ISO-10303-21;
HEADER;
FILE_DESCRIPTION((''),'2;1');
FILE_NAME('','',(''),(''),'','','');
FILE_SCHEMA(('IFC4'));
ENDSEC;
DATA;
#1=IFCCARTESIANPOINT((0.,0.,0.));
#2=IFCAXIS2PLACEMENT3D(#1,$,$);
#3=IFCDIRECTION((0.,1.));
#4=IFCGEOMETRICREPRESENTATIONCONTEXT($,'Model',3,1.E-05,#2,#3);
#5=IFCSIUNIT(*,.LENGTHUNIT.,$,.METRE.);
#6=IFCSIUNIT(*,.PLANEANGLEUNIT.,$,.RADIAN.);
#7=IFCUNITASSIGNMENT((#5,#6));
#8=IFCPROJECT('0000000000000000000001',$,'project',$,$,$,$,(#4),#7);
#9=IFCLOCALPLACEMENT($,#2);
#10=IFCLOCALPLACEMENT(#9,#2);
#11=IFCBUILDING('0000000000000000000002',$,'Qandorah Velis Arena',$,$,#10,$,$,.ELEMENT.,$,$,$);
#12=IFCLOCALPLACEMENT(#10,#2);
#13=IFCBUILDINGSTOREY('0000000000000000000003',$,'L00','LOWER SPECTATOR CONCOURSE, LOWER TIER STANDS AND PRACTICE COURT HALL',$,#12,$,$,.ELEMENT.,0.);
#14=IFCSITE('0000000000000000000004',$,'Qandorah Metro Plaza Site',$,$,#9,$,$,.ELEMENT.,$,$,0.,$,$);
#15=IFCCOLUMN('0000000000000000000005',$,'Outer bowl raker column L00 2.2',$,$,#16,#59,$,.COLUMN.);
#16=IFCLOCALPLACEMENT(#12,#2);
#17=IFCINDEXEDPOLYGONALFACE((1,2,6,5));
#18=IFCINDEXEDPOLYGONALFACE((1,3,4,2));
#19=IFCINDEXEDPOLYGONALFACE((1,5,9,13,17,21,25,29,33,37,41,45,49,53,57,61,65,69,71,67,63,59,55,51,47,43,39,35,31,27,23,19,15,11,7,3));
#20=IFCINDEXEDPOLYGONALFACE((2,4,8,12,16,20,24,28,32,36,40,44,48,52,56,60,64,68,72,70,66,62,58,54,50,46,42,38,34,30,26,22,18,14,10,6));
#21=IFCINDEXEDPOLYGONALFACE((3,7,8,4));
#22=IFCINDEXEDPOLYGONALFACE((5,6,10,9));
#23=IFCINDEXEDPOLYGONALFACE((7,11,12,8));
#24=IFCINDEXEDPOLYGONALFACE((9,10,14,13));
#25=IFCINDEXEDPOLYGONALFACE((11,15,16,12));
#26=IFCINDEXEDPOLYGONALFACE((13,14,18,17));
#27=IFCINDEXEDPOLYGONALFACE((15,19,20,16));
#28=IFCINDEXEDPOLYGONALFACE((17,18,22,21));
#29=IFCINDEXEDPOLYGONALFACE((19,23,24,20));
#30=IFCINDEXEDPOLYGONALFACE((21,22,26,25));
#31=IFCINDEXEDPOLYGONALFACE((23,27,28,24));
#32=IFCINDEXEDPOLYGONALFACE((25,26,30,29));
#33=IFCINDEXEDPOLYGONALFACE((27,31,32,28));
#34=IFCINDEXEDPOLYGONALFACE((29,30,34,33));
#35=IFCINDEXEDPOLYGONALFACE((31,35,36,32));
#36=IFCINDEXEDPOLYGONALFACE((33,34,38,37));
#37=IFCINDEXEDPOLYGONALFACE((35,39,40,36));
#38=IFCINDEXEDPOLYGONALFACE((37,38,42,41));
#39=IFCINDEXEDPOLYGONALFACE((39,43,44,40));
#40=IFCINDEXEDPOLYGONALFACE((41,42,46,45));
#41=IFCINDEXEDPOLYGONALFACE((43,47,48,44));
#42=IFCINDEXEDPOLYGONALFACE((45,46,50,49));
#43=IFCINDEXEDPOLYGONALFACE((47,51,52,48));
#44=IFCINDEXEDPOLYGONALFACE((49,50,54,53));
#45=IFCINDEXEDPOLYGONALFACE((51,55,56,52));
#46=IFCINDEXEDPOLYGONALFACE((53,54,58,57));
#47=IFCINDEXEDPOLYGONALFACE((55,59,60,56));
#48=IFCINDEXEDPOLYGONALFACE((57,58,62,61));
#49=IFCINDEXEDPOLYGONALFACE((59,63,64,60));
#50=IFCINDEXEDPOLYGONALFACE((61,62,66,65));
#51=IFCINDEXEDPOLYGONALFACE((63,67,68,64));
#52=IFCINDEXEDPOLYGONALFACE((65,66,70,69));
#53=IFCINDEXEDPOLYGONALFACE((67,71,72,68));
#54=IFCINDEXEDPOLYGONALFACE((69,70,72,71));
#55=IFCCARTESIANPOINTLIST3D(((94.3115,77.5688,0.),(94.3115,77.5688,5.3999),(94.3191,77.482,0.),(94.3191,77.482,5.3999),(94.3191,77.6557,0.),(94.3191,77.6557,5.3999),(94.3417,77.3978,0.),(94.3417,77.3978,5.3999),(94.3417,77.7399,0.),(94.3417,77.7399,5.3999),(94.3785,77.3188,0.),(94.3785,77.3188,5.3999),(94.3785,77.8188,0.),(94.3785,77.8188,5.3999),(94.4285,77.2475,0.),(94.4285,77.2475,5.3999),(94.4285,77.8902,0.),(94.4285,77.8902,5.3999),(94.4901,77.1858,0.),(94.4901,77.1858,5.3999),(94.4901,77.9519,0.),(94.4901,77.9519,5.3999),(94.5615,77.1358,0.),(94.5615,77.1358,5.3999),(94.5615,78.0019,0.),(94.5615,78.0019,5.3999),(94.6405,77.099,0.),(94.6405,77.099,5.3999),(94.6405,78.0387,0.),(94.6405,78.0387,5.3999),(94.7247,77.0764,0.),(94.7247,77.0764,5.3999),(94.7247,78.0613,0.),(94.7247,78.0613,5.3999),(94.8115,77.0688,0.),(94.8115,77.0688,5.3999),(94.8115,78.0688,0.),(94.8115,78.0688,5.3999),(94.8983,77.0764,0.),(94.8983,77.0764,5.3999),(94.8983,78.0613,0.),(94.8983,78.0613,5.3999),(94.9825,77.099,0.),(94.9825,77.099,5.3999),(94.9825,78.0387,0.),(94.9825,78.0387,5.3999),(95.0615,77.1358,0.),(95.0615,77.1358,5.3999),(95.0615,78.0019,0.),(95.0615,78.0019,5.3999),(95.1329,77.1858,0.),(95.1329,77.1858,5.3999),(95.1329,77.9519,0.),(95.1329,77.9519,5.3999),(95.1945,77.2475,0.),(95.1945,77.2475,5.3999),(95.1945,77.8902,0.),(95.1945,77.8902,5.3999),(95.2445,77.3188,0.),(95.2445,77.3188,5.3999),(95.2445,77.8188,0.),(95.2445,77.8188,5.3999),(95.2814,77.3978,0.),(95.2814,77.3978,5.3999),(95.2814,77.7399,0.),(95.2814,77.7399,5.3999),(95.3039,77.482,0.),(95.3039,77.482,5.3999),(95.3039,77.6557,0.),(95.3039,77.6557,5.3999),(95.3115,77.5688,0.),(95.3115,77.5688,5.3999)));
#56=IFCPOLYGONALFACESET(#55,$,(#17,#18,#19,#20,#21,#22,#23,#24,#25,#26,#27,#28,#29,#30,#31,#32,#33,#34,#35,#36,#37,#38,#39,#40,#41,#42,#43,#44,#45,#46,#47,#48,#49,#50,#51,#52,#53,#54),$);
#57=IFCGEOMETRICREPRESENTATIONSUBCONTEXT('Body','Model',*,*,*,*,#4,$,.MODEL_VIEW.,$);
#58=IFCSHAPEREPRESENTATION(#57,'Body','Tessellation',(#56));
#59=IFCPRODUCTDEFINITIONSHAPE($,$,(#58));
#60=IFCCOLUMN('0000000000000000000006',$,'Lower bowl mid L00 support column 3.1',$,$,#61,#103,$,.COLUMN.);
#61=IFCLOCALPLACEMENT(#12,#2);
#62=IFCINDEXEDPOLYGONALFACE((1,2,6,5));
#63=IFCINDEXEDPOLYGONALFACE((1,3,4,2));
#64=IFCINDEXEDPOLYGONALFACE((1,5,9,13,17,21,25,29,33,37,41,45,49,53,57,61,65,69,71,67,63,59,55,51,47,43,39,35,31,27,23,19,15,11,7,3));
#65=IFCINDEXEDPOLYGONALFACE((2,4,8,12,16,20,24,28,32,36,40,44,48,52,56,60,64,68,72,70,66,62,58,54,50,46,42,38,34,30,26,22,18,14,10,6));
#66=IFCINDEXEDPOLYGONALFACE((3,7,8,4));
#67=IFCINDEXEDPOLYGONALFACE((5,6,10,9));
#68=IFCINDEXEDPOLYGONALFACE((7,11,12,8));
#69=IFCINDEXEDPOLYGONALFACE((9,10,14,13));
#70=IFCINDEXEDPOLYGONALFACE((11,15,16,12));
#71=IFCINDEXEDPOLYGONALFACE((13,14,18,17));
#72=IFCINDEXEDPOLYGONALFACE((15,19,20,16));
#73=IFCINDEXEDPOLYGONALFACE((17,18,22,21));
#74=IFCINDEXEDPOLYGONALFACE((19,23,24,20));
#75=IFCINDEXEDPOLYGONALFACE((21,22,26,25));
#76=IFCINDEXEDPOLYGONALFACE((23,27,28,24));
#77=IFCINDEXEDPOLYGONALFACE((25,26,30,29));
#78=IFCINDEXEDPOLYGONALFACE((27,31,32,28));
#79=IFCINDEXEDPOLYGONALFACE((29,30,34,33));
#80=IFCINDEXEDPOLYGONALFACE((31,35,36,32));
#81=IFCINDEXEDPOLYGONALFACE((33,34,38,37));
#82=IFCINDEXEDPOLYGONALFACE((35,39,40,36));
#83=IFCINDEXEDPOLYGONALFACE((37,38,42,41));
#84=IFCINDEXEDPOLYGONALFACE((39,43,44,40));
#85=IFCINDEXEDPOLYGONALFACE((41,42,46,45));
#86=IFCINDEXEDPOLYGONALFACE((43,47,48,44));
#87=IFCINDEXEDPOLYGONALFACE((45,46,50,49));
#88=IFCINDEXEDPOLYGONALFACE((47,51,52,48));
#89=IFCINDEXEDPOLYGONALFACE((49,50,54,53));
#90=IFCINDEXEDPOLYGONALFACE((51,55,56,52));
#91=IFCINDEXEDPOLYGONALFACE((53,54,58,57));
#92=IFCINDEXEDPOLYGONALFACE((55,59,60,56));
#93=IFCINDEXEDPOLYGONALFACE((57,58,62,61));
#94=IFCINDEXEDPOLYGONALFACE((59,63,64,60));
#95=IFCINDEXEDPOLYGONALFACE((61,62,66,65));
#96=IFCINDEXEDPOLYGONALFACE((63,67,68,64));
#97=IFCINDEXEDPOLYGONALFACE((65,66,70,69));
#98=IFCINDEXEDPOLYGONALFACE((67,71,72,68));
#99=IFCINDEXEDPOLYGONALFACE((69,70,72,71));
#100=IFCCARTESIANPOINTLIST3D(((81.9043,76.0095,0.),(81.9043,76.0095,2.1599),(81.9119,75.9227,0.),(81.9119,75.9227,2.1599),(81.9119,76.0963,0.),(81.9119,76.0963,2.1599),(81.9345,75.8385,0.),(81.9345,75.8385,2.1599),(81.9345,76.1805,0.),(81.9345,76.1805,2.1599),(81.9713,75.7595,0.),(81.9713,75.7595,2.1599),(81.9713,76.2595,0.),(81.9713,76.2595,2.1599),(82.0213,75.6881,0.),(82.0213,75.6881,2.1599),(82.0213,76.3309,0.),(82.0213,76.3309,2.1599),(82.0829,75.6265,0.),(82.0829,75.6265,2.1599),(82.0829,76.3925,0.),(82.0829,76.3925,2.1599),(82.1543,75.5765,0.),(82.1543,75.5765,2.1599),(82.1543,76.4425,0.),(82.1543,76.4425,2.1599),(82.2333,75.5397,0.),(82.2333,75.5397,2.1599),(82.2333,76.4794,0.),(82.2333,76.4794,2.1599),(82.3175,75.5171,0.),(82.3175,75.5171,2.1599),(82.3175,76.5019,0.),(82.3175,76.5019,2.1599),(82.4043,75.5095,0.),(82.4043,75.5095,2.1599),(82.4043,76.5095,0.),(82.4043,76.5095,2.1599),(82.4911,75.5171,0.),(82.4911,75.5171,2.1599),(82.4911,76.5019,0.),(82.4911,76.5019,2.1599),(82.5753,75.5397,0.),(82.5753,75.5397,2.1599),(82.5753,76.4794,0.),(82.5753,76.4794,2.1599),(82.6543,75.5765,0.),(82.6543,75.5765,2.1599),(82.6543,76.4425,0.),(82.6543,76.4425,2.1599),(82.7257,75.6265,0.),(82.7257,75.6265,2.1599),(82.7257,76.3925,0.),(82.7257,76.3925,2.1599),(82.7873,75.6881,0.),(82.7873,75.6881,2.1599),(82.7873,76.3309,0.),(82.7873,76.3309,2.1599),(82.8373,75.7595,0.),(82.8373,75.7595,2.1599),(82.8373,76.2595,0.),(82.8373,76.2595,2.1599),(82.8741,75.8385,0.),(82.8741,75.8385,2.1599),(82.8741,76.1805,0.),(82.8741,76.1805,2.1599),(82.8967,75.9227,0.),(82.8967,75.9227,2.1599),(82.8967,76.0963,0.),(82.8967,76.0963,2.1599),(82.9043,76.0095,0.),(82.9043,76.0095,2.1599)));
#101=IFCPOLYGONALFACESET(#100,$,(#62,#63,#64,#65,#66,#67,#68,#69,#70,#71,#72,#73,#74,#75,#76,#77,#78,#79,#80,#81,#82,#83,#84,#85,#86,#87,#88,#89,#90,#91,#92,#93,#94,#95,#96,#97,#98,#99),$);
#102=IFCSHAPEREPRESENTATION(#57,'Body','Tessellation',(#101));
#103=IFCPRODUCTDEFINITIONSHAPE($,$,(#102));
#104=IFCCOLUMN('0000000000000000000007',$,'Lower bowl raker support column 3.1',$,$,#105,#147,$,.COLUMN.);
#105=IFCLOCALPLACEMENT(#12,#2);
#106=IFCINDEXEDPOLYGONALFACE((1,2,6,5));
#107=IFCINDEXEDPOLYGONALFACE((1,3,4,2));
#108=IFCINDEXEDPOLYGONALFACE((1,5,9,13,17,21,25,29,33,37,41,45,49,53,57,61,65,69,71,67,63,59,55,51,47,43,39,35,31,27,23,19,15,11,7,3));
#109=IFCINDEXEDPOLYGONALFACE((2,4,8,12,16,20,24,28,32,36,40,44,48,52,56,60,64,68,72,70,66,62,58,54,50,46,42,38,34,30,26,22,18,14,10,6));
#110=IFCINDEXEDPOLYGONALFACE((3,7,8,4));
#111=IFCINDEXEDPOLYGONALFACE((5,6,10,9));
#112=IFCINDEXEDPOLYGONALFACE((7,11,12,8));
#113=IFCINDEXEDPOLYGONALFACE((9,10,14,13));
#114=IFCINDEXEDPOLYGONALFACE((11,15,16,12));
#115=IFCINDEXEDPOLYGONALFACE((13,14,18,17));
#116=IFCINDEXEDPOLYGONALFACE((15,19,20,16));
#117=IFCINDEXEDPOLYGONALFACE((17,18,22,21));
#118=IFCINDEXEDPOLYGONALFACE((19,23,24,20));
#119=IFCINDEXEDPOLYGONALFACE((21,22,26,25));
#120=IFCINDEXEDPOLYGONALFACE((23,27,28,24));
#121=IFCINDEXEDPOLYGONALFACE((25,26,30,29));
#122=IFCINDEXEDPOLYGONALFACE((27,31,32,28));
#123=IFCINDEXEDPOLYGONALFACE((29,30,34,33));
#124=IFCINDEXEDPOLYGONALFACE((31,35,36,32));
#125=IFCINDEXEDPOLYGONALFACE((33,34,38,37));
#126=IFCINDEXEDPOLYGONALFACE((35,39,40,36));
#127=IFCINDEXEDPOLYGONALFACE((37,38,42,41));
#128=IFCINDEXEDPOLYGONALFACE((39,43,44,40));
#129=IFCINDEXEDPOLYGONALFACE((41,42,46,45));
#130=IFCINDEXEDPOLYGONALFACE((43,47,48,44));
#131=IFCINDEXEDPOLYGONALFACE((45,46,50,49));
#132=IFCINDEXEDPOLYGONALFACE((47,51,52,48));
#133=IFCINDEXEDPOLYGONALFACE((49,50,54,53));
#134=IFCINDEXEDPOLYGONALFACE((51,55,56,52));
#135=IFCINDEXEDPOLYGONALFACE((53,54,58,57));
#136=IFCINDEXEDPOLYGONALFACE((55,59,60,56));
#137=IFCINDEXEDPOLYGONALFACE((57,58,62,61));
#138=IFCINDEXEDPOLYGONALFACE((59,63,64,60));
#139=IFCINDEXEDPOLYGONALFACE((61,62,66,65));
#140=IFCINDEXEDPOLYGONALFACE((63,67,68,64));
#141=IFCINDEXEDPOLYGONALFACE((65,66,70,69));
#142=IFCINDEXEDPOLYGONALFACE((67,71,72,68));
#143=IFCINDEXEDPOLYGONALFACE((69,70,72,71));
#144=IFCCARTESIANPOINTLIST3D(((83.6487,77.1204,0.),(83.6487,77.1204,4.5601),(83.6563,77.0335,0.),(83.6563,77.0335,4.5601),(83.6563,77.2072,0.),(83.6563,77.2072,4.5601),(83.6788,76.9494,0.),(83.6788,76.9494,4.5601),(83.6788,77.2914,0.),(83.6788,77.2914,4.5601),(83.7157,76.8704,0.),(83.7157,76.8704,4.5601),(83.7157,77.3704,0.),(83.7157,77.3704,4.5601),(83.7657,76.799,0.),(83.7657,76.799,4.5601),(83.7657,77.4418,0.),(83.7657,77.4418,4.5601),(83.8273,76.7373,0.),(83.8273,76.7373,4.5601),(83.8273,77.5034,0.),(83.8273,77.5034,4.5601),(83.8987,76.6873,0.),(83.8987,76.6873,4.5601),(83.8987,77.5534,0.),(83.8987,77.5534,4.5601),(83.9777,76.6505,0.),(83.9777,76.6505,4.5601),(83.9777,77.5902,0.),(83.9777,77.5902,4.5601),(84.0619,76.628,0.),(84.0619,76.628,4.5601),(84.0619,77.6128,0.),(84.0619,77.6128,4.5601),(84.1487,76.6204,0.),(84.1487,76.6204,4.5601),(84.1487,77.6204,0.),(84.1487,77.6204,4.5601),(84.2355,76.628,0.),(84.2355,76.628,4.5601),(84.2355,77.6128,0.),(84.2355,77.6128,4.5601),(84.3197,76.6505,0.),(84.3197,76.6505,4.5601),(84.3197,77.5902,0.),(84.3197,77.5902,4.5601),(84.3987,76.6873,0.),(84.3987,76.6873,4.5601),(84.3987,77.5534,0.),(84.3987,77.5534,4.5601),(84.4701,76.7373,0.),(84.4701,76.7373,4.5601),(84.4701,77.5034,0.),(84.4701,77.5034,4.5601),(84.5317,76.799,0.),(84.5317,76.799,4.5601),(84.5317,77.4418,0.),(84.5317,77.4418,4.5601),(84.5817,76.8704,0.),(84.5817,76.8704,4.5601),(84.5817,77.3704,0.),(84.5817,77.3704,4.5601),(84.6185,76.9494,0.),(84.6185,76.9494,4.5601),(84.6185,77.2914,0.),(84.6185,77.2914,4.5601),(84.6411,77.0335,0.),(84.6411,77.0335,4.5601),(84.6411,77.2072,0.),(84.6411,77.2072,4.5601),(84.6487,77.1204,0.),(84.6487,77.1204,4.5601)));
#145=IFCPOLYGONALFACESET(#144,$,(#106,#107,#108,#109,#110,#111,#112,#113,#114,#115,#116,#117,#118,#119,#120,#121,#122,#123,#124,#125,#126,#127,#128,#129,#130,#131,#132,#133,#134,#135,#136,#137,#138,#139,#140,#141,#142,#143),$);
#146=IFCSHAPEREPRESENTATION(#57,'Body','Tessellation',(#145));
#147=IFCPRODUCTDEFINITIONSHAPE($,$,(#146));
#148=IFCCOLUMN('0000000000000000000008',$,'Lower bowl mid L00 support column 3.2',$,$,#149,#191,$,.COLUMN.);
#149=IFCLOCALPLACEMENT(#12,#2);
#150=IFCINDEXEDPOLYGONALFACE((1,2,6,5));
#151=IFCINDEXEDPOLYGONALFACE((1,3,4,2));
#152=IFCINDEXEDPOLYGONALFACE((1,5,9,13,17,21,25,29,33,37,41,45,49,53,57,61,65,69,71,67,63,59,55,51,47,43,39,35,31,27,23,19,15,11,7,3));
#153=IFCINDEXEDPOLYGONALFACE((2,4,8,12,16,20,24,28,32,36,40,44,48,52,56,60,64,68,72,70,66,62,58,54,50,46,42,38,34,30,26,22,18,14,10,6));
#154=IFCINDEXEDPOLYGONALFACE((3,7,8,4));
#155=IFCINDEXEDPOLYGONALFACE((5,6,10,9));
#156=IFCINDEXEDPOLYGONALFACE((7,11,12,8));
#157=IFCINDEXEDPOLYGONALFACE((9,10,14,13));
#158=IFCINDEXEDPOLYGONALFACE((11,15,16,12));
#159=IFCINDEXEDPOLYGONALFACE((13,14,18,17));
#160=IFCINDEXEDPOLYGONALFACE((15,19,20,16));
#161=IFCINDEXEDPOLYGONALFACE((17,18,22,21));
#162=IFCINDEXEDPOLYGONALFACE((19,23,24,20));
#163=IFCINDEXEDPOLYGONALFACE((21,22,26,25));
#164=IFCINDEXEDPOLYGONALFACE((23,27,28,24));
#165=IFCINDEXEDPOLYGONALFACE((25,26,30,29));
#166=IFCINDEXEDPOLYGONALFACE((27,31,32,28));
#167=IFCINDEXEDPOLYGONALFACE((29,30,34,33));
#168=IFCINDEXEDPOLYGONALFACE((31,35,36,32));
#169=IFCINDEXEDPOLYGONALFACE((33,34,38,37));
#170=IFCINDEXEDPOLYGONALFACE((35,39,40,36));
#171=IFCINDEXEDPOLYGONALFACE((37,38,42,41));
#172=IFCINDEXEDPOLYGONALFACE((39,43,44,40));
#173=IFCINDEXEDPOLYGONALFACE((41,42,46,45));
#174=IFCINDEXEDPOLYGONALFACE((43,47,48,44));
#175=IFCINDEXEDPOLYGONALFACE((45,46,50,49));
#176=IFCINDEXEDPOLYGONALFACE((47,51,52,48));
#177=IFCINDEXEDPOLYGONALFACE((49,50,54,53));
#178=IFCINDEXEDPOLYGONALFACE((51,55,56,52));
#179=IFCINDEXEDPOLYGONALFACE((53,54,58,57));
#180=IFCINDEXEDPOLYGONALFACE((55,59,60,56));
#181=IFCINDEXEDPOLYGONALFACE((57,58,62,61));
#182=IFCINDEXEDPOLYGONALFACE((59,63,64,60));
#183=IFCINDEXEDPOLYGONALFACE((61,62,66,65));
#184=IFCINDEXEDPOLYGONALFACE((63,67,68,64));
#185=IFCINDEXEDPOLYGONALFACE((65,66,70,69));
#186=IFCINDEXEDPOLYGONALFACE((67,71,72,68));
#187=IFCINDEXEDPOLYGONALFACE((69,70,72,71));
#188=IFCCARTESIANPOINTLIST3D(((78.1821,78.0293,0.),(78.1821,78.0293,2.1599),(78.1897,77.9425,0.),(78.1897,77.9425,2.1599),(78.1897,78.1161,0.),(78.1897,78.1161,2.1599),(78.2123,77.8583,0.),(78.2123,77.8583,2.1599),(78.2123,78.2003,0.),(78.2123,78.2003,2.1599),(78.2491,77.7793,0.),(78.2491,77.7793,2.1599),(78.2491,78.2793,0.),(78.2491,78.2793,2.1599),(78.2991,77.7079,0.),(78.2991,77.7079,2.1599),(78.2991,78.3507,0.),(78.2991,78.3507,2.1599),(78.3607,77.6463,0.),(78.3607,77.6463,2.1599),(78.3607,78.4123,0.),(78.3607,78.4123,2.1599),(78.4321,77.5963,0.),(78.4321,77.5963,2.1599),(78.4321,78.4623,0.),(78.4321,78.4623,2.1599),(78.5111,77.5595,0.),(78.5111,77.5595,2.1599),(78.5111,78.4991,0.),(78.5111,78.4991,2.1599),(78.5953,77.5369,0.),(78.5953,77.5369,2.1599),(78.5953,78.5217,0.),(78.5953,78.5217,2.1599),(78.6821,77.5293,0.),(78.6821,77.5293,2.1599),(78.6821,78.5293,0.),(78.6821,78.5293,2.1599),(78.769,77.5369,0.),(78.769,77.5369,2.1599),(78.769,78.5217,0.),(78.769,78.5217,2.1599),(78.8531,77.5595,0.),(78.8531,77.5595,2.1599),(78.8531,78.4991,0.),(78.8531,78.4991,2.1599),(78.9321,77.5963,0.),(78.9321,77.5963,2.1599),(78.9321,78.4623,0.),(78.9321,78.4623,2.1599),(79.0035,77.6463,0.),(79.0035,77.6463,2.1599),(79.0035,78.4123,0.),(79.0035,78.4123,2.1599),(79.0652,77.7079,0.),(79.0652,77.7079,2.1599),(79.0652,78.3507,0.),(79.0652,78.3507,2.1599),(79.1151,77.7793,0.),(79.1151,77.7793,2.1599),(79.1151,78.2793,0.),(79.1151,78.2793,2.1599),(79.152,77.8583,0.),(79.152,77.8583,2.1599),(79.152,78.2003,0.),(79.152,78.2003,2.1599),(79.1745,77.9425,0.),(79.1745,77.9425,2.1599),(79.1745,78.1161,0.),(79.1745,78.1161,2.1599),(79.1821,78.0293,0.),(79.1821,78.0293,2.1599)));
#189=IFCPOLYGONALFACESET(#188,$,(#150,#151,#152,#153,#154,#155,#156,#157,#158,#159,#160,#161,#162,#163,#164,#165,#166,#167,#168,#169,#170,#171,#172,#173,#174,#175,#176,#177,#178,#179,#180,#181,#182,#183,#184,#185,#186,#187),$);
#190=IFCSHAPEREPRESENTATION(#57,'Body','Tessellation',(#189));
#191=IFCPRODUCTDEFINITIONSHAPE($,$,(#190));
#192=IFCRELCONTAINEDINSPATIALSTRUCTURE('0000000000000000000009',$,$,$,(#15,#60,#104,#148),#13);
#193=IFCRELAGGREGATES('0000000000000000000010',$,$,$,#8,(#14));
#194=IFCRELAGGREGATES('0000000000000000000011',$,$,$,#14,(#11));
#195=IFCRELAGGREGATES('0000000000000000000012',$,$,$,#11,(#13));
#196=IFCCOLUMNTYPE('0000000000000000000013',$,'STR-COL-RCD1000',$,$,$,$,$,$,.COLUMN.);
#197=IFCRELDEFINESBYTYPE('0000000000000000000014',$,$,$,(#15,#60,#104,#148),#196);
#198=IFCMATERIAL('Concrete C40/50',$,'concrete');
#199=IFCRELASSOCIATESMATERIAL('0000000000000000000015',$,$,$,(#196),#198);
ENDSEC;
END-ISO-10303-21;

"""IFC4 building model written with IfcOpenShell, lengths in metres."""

from ifc_helpers import new_model, si_unit, direction, frame, origin, origin_2d, place, context, subcontext, project, spatial, circle, extrude, material, material_profile, profile_set, type_object, element, save


model = new_model("IFC4")

# Units and contexts
model_context = context("Model", 3, precision=1e-05, world=origin(), true_north=direction((0.0, 1.0)))
body_context = subcontext(model_context, "Body", "Model", "MODEL_VIEW")
ifc_project = project(units=[si_unit("LENGTHUNIT", "METRE"), si_unit("PLANEANGLEUNIT", "RADIAN")], contexts=[model_context])

# Site, building, storey
site_placement = place(None, origin())
site = spatial("IfcSite", under=ifc_project, at=site_placement, Name="Qandorah Metro Plaza Site", CompositionType="ELEMENT", RefElevation=0.0)
building_placement = place(site_placement, origin())
building = spatial("IfcBuilding", under=site, at=building_placement, Name="Qandorah Velis Arena", CompositionType="ELEMENT")
storey_placement = place(building_placement, origin())
storey = spatial("IfcBuildingStorey", under=building, at=storey_placement, Name="L00", Description="LOWER SPECTATOR CONCOURSE, LOWER TIER STANDS AND PRACTICE COURT HALL", CompositionType="ELEMENT", Elevation=0.0)

# Columns
ifc_material_1 = material(Name="Concrete C40/50", Category="concrete")
ifc_material_profile_1 = material_profile(ifc_material_1, circle(Radius=0.5, at=origin_2d()), Name="RC D1000")
ifc_profile_set_1 = profile_set([ifc_material_profile_1], Name="Concrete C40/50")
column_type_1 = type_object("IfcColumnType", Name="STR-COL-RCD1000", PredefinedType="COLUMN", material=ifc_profile_set_1)
for number, where, z_axis, x_axis, name in (
    (1, (94.8115, 77.5688, 0.0), (0.0, 0.0, 1.0), (1.0, 0.0, 0.0), "Outer bowl raker column L00 2.2"),
):
    element("IfcColumn", number, at=place(storey_placement, frame(where, z_axis=z_axis, x_axis=x_axis)), inside=storey, type_object=column_type_1, Name=name, PredefinedType="COLUMN", context=body_context, shape_type="SweptSolid", body=[
        extrude(circle(Radius=0.5, at=origin_2d()), origin(), (0.0, 0.0, 1.0), 5.3999),
    ])
column_1_placement = place(storey_placement, frame((82.4043, 76.0095, 0.0), z_axis=(0.0, 0.0, 1.0), x_axis=(1.0, 0.0, 0.0)))
element("IfcColumn", 2, at=column_1_placement, inside=storey, type_object=column_type_1, Name="Lower bowl mid L00 support column 3.1", PredefinedType="COLUMN", context=body_context, shape_type="SweptSolid", body=[
    extrude(circle(Radius=0.5, at=origin_2d()), origin(), (0.0, 0.0, 1.0), 2.1599),
])
column_2_placement = place(storey_placement, frame((84.1487, 77.1204, 0.0), z_axis=(0.0, 0.0, 1.0), x_axis=(1.0, 0.0, 0.0)))
element("IfcColumn", 3, at=column_2_placement, inside=storey, type_object=column_type_1, Name="Lower bowl raker support column 3.1", PredefinedType="COLUMN", context=body_context, shape_type="SweptSolid", body=[
    extrude(circle(Radius=0.5, at=origin_2d()), origin(), (0.0, 0.0, 1.0), 4.5601),
])
column_3_placement = place(storey_placement, frame((78.6821, 78.0293, 0.0), z_axis=(0.0, 0.0, 1.0), x_axis=(1.0, 0.0, 0.0)))
element("IfcColumn", 4, at=column_3_placement, inside=storey, type_object=column_type_1, Name="Lower bowl mid L00 support column 3.2", PredefinedType="COLUMN", context=body_context, shape_type="SweptSolid", body=[
    extrude(circle(Radius=0.5, at=origin_2d()), origin(), (0.0, 0.0, 1.0), 2.1599),
])

save(model, "model.ifc")
